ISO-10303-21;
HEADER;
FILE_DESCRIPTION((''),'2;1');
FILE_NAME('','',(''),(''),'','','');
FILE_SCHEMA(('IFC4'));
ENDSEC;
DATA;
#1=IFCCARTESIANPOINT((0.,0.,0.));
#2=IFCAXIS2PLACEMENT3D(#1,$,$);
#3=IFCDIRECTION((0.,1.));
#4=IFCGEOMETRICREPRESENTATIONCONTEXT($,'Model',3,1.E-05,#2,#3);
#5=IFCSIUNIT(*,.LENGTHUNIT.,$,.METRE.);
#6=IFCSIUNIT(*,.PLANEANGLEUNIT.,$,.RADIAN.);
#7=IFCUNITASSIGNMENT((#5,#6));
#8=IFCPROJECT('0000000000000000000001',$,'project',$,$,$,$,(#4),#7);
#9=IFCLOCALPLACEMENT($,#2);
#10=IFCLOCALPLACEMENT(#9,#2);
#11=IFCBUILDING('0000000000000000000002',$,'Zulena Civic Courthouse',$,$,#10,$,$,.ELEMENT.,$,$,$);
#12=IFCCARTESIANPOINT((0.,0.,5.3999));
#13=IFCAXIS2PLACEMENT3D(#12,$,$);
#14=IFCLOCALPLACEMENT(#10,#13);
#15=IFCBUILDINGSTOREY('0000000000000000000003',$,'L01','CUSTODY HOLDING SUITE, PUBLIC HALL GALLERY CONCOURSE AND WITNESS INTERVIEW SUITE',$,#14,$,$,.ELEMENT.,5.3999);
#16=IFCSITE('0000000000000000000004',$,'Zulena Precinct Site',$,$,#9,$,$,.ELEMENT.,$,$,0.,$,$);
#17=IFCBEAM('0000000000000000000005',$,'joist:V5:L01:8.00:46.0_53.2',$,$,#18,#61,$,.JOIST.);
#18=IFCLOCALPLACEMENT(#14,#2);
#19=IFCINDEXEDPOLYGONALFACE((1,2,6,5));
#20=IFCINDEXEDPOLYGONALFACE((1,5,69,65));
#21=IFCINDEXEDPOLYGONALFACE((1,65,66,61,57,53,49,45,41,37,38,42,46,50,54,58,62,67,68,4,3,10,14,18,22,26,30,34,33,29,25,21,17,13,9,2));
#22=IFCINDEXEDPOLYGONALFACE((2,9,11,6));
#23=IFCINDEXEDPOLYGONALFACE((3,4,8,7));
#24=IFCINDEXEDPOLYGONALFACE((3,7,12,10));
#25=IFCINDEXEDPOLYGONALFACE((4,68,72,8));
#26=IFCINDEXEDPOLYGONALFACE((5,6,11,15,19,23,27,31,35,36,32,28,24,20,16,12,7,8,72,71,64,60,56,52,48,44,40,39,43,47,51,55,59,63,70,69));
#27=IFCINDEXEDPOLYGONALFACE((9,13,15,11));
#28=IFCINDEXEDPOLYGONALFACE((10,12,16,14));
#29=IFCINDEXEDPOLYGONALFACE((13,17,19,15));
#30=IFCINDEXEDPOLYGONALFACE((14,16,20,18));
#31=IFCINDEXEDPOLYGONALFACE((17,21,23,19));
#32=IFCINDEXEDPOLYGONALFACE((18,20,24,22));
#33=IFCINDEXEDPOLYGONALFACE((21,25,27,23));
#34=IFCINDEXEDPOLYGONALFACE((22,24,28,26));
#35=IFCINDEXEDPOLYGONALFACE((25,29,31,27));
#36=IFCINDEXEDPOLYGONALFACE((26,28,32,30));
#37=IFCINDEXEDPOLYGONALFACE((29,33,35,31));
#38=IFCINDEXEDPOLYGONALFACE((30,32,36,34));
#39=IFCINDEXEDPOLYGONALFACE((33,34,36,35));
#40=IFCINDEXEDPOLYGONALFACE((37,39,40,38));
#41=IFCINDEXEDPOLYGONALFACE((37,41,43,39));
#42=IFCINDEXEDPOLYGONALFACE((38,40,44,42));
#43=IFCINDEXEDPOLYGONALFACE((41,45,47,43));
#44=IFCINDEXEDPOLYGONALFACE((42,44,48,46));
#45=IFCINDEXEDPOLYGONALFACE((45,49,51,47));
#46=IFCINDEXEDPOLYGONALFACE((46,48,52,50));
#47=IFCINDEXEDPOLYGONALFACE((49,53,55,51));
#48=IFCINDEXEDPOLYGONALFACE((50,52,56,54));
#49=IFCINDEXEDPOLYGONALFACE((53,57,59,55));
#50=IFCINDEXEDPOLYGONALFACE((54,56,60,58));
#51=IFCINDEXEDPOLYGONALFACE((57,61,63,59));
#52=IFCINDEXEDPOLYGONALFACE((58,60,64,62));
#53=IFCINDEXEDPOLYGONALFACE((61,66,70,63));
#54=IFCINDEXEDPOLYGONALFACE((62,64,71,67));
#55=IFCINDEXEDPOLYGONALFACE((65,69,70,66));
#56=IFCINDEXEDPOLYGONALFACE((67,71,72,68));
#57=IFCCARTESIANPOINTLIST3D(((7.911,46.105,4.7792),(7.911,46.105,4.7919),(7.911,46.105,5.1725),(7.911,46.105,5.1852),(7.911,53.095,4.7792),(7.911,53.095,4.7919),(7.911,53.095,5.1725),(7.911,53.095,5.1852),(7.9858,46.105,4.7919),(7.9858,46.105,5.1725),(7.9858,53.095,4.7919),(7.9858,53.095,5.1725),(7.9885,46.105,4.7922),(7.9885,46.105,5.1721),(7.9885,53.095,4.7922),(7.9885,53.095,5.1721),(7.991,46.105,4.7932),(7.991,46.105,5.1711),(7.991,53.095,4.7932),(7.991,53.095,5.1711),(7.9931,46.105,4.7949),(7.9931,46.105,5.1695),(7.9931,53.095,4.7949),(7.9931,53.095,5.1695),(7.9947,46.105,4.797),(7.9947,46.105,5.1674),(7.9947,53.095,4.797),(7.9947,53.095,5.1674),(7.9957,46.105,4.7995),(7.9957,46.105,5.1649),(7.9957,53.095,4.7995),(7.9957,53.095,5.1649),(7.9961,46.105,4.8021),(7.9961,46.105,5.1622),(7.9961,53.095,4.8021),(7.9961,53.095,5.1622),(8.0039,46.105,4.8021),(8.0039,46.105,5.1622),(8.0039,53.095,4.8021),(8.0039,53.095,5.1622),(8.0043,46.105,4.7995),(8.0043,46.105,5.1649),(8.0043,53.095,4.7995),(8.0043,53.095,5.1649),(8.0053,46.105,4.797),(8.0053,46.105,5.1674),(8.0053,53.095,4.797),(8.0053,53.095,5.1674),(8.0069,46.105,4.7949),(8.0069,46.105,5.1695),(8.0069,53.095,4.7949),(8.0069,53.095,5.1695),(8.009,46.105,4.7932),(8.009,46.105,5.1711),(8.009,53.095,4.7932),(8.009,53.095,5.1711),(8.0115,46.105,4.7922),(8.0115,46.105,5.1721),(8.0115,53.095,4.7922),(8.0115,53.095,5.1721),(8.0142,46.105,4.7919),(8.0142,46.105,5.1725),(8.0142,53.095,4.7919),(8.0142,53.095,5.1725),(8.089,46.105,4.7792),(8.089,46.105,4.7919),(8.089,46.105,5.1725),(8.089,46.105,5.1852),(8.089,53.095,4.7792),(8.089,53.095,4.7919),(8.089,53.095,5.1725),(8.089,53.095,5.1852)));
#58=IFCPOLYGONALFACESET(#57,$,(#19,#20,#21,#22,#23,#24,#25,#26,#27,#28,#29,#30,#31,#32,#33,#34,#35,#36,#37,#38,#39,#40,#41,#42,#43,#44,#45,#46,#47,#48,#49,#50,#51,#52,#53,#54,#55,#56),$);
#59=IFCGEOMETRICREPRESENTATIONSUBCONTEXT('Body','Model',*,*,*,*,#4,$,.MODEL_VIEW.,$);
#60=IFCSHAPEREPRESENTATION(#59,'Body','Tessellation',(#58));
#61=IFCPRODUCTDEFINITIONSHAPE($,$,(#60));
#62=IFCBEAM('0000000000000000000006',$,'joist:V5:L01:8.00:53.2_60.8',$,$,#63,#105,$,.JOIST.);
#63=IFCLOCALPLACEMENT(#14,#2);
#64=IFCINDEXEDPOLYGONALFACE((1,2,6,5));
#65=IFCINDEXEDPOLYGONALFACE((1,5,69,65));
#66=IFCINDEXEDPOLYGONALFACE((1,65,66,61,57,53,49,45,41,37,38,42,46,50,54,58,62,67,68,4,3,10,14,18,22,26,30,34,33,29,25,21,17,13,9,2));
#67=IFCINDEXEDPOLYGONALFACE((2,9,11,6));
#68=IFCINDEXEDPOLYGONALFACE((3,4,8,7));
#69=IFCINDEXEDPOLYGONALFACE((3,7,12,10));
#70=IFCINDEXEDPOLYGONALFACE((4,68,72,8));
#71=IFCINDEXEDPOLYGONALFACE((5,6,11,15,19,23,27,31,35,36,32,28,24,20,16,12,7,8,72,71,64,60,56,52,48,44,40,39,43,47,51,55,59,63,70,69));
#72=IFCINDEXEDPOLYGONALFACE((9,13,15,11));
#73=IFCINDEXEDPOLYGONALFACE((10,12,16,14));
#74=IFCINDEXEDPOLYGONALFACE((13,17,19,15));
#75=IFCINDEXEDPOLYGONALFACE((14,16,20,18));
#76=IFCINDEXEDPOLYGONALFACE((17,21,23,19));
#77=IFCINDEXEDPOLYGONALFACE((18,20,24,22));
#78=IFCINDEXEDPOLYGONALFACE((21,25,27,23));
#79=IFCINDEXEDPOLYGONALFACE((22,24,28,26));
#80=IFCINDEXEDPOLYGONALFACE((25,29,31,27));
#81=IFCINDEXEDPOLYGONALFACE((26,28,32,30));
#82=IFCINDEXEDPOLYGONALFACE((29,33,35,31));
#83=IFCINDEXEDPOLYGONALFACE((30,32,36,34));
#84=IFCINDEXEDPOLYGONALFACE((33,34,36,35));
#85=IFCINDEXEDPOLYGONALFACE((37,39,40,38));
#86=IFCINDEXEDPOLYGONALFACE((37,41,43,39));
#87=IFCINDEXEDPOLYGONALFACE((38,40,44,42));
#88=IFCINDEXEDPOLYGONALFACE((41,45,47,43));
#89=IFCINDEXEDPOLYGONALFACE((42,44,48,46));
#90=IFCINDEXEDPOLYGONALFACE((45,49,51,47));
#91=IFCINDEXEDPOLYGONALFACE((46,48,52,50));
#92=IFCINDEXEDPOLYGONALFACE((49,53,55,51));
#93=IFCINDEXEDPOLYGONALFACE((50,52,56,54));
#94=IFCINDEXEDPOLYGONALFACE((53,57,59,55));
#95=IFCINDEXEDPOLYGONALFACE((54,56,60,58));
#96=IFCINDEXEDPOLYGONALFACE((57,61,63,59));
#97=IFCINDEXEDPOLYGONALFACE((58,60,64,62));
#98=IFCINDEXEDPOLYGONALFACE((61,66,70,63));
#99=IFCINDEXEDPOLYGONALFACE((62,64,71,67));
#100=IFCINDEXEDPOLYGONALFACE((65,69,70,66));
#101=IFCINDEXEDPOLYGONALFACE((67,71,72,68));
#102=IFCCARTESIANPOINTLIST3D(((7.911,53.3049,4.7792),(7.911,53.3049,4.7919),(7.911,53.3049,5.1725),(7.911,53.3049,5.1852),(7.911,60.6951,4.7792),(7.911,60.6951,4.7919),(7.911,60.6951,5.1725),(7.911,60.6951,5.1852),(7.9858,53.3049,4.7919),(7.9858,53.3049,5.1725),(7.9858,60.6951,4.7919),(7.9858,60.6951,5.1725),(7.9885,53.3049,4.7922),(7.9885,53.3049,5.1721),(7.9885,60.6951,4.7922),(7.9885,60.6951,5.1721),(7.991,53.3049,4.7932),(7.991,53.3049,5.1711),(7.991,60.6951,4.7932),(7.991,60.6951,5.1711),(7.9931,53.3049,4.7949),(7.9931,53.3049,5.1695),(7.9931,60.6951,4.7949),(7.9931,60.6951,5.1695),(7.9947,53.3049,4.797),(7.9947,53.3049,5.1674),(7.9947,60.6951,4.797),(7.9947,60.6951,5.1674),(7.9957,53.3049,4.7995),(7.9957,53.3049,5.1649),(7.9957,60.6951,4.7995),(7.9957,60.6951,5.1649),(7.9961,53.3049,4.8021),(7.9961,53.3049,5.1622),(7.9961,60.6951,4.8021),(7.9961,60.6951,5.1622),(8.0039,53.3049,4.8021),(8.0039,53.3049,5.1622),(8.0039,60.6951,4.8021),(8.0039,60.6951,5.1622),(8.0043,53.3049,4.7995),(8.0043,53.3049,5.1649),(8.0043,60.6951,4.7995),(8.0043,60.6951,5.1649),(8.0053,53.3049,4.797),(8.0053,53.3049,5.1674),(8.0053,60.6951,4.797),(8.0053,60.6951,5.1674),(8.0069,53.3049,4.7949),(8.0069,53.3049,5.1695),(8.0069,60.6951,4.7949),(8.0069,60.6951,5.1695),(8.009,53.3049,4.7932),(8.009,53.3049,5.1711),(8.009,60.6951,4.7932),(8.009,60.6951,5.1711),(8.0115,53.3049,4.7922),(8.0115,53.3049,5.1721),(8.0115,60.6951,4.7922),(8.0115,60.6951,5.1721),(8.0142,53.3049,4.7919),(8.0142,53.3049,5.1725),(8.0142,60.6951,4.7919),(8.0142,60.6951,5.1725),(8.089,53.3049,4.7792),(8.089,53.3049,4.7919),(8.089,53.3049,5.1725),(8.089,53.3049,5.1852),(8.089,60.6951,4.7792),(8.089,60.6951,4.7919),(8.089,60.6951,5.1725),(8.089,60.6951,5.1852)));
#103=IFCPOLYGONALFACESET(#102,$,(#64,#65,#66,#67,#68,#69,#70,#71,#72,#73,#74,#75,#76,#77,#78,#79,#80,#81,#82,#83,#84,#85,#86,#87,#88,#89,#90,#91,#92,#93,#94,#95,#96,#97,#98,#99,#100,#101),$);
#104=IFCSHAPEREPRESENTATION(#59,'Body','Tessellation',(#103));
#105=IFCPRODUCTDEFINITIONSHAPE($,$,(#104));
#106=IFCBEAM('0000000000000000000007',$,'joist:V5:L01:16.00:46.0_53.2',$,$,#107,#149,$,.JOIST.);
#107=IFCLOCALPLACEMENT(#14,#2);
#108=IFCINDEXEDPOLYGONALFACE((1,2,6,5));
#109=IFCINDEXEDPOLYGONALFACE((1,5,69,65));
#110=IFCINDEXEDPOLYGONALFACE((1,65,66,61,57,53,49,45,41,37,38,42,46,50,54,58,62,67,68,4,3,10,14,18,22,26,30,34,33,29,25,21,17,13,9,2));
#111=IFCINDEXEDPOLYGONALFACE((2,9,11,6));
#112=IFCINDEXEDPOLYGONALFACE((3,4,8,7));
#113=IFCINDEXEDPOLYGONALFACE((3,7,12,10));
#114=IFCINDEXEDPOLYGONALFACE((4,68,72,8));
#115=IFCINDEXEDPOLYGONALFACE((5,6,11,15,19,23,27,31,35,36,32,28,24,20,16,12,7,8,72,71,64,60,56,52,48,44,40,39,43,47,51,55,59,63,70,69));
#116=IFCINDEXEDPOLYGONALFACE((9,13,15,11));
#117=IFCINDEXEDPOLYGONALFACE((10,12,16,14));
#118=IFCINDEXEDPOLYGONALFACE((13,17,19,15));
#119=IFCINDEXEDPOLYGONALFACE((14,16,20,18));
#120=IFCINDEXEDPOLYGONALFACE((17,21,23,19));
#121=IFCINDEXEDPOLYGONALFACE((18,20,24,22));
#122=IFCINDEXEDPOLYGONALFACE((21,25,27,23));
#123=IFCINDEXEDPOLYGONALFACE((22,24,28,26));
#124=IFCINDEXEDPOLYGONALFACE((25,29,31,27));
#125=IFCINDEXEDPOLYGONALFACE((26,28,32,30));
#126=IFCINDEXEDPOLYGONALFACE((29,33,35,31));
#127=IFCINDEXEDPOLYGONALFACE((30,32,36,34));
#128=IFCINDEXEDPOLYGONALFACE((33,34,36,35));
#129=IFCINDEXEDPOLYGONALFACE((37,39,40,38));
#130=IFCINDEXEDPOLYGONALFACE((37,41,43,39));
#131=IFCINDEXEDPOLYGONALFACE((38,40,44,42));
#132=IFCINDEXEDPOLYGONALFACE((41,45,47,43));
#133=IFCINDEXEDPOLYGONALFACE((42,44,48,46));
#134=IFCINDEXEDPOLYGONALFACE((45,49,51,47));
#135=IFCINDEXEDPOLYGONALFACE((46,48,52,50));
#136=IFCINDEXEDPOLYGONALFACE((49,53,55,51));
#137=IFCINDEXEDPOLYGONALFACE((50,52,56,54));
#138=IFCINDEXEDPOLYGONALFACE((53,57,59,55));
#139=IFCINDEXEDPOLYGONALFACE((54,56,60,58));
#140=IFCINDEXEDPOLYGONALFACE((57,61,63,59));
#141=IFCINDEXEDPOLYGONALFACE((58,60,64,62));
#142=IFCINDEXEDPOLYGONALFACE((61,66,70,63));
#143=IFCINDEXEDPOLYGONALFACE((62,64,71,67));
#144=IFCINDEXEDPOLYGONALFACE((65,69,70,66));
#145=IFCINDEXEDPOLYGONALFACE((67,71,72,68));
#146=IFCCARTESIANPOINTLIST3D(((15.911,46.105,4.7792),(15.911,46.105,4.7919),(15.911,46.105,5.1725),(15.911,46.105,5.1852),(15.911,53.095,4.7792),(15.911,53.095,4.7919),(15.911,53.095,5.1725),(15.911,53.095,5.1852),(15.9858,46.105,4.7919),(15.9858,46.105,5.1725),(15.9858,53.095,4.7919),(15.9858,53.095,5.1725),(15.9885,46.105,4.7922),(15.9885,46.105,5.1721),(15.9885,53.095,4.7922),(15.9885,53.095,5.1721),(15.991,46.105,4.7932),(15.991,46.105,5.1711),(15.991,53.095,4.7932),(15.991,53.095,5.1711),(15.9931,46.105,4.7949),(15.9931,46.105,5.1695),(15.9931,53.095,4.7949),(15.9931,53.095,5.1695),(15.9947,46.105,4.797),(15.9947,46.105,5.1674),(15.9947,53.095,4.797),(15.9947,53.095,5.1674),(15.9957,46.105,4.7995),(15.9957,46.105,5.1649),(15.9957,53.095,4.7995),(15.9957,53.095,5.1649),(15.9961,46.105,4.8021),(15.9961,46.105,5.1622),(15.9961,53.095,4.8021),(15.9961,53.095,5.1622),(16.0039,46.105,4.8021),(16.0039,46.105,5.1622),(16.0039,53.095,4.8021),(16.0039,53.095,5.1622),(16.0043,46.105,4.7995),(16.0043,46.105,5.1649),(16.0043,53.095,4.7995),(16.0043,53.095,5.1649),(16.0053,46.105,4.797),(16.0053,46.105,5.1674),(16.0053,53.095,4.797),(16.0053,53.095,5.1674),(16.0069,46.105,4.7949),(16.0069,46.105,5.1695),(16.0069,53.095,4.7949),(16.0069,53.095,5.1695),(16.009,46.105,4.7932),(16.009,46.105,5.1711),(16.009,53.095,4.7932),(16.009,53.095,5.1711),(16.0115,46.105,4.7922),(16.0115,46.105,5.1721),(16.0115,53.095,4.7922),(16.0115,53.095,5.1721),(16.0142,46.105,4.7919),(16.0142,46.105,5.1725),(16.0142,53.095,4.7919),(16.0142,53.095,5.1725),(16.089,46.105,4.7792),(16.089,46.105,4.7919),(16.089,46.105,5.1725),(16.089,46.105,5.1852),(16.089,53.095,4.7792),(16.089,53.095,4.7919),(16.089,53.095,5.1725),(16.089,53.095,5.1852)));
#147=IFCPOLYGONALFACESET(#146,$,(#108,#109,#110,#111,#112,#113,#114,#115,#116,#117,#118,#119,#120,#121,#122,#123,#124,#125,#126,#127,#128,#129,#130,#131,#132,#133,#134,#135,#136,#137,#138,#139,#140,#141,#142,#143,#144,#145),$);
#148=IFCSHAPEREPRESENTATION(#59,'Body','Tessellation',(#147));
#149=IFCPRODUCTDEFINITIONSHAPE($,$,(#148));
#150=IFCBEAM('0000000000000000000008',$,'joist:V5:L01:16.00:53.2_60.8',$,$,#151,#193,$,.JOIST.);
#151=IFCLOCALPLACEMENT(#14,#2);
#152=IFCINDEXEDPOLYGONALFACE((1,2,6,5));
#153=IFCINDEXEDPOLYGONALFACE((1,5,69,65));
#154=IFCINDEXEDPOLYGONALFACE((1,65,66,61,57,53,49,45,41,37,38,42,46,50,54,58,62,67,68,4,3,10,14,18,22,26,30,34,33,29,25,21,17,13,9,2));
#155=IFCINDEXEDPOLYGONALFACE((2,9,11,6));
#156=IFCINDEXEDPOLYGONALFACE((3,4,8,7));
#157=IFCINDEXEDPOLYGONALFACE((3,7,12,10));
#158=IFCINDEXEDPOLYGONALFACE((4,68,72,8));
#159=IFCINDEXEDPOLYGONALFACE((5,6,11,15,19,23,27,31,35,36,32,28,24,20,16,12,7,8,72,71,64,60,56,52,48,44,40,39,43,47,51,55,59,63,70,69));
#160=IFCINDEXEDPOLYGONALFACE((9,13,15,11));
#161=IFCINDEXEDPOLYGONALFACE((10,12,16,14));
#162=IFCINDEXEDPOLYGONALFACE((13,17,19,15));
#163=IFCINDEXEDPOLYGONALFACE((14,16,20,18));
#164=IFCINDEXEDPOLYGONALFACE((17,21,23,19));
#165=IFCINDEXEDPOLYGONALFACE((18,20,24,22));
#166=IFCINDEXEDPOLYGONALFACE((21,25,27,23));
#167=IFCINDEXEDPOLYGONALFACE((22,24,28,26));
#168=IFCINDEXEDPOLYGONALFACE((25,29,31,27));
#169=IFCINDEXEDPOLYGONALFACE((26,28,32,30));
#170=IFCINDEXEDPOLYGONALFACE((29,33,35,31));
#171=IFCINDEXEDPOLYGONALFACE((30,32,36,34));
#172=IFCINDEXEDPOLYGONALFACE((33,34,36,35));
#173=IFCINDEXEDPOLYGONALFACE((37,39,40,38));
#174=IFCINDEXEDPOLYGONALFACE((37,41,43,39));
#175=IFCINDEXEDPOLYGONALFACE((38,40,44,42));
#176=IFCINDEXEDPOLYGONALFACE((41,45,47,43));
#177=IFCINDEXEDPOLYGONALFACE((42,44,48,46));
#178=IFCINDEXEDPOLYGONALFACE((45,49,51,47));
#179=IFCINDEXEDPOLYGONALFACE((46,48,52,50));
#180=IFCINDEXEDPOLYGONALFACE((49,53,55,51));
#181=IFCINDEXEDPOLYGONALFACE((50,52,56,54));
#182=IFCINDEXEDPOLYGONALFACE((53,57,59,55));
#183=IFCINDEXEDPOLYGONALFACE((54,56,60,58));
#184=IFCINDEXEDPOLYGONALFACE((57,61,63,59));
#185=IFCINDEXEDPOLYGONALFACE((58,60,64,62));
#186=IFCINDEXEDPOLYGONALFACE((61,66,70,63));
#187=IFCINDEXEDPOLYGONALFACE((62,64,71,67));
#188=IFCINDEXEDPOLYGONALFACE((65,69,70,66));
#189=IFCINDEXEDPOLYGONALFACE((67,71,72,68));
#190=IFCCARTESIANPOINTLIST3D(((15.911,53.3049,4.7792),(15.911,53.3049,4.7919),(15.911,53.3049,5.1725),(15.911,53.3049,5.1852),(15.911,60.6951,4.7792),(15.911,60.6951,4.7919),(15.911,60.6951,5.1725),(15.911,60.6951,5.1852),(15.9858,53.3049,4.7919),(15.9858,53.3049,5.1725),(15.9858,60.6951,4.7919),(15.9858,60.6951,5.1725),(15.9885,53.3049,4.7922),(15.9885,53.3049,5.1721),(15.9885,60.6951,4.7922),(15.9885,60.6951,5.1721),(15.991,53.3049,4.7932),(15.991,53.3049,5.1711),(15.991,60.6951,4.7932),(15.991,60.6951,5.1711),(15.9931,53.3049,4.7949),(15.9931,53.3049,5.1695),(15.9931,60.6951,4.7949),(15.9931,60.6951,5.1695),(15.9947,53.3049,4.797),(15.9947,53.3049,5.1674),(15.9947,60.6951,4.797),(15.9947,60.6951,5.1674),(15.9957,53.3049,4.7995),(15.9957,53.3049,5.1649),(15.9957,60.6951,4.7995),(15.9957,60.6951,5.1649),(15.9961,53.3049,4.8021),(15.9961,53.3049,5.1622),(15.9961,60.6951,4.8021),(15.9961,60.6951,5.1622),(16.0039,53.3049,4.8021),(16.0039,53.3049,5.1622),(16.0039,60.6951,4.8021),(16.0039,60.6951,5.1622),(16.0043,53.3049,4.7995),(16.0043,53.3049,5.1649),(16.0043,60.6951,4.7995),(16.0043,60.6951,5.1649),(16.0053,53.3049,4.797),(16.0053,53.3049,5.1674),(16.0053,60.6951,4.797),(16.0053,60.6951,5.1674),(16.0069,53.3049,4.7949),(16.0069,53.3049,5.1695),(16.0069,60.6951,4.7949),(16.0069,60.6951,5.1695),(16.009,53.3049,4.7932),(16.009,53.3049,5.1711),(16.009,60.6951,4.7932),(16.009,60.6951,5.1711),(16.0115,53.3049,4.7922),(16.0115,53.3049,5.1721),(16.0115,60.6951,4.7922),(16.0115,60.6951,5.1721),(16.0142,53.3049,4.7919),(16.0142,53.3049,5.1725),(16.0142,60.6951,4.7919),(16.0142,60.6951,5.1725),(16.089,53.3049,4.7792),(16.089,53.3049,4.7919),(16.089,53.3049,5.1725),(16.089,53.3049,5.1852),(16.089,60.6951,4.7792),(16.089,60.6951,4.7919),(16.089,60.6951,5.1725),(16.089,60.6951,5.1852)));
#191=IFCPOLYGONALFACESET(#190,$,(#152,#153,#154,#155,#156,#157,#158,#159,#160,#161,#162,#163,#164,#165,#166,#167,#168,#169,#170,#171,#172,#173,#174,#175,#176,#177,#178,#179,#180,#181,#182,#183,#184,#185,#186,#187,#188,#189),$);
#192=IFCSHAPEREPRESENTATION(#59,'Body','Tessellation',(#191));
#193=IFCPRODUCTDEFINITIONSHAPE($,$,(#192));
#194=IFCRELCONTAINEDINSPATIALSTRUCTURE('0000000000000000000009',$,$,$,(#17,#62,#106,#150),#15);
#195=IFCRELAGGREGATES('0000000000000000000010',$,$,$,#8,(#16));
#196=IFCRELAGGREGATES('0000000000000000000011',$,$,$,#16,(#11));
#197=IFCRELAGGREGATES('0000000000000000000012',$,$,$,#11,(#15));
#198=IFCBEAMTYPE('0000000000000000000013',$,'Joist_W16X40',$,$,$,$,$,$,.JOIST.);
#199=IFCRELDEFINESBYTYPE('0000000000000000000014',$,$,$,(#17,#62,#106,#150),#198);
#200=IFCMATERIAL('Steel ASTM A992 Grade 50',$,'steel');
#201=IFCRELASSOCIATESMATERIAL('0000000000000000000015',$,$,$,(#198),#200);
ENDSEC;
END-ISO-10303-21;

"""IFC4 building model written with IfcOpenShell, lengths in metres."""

from ifc_helpers import new_model, si_unit, direction, frame, origin, origin_2d, place, context, subcontext, project, spatial, i_section, extrude, material, material_profile, profile_set, type_object, element, save


model = new_model("IFC4")

# Units and contexts
model_context = context("Model", 3, precision=1e-05, world=origin(), true_north=direction((0.0, 1.0)))
body_context = subcontext(model_context, "Body", "Model", "MODEL_VIEW")
ifc_project = project(units=[si_unit("LENGTHUNIT", "METRE"), si_unit("PLANEANGLEUNIT", "RADIAN")], contexts=[model_context])

# Site, building, storey
site_placement = place(None, origin())
site = spatial("IfcSite", under=ifc_project, at=site_placement, Name="Zulena Precinct Site", CompositionType="ELEMENT", RefElevation=0.0)
building_placement = place(site_placement, origin())
building = spatial("IfcBuilding", under=site, at=building_placement, Name="Zulena Civic Courthouse", CompositionType="ELEMENT")
storey_placement = place(building_placement, frame((0.0, 0.0, 5.3999)))
storey = spatial("IfcBuildingStorey", under=building, at=storey_placement, Name="L01", Description="CUSTODY HOLDING SUITE, PUBLIC HALL GALLERY CONCOURSE AND WITNESS INTERVIEW SUITE", CompositionType="ELEMENT", Elevation=5.3999)

# Shared definitions
ifc_material_1 = material(Name="Steel ASTM A992 Grade 50", Category="steel")

# Beams
ifc_material_profile_1 = material_profile(ifc_material_1, i_section(OverallWidth=0.178, OverallDepth=0.406, WebThickness=0.0078, FlangeThickness=0.0127, FilletRadius=0.0103, at=origin_2d()), Name="W16X40")
ifc_profile_set_1 = profile_set([ifc_material_profile_1], Name="Steel ASTM A992 Grade 50")
beam_type_1 = type_object("IfcBeamType", Name="Joist_W16X40", PredefinedType="JOIST", material=ifc_profile_set_1)
beam_1_placement = place(storey_placement, frame((8.0, 46.105, 4.9822), z_axis=(0.0, 1.0, 0.0), x_axis=(-1.0, 0.0, 0.0)))
element("IfcBeam", 1, at=beam_1_placement, inside=storey, type_object=beam_type_1, Name="joist:V5:L01:8.00:46.0_53.2", PredefinedType="JOIST", context=body_context, shape_type="SweptSolid", body=[
    extrude(i_section(OverallWidth=0.178, OverallDepth=0.406, WebThickness=0.0078, FlangeThickness=0.0127, FilletRadius=0.0103, at=origin_2d()), origin(), (0.0, 0.0, 1.0), 6.99),
])
beam_2_placement = place(storey_placement, frame((8.0, 53.3049, 4.9822), z_axis=(0.0, 1.0, 0.0), x_axis=(-1.0, 0.0, 0.0)))
element("IfcBeam", 2, at=beam_2_placement, inside=storey, type_object=beam_type_1, Name="joist:V5:L01:8.00:53.2_60.8", PredefinedType="JOIST", context=body_context, shape_type="SweptSolid", body=[
    extrude(i_section(OverallWidth=0.178, OverallDepth=0.406, WebThickness=0.0078, FlangeThickness=0.0127, FilletRadius=0.0103, at=origin_2d()), origin(), (0.0, 0.0, 1.0), 7.3901),
])
beam_3_placement = place(storey_placement, frame((16.0, 46.105, 4.9822), z_axis=(0.0, 1.0, 0.0), x_axis=(-1.0, 0.0, 0.0)))
element("IfcBeam", 3, at=beam_3_placement, inside=storey, type_object=beam_type_1, Name="joist:V5:L01:16.00:46.0_53.2", PredefinedType="JOIST", context=body_context, shape_type="SweptSolid", body=[
    extrude(i_section(OverallWidth=0.178, OverallDepth=0.406, WebThickness=0.0078, FlangeThickness=0.0127, FilletRadius=0.0103, at=origin_2d()), origin(), (0.0, 0.0, 1.0), 6.99),
])
beam_4_placement = place(storey_placement, frame((16.0, 53.3049, 4.9822), z_axis=(0.0, 1.0, 0.0), x_axis=(-1.0, 0.0, 0.0)))
element("IfcBeam", 4, at=beam_4_placement, inside=storey, type_object=beam_type_1, Name="joist:V5:L01:16.00:53.2_60.8", PredefinedType="JOIST", context=body_context, shape_type="SweptSolid", body=[
    extrude(i_section(OverallWidth=0.178, OverallDepth=0.406, WebThickness=0.0078, FlangeThickness=0.0127, FilletRadius=0.0103, at=origin_2d()), origin(), (0.0, 0.0, 1.0), 7.3901),
])

save(model, "model.ifc")
